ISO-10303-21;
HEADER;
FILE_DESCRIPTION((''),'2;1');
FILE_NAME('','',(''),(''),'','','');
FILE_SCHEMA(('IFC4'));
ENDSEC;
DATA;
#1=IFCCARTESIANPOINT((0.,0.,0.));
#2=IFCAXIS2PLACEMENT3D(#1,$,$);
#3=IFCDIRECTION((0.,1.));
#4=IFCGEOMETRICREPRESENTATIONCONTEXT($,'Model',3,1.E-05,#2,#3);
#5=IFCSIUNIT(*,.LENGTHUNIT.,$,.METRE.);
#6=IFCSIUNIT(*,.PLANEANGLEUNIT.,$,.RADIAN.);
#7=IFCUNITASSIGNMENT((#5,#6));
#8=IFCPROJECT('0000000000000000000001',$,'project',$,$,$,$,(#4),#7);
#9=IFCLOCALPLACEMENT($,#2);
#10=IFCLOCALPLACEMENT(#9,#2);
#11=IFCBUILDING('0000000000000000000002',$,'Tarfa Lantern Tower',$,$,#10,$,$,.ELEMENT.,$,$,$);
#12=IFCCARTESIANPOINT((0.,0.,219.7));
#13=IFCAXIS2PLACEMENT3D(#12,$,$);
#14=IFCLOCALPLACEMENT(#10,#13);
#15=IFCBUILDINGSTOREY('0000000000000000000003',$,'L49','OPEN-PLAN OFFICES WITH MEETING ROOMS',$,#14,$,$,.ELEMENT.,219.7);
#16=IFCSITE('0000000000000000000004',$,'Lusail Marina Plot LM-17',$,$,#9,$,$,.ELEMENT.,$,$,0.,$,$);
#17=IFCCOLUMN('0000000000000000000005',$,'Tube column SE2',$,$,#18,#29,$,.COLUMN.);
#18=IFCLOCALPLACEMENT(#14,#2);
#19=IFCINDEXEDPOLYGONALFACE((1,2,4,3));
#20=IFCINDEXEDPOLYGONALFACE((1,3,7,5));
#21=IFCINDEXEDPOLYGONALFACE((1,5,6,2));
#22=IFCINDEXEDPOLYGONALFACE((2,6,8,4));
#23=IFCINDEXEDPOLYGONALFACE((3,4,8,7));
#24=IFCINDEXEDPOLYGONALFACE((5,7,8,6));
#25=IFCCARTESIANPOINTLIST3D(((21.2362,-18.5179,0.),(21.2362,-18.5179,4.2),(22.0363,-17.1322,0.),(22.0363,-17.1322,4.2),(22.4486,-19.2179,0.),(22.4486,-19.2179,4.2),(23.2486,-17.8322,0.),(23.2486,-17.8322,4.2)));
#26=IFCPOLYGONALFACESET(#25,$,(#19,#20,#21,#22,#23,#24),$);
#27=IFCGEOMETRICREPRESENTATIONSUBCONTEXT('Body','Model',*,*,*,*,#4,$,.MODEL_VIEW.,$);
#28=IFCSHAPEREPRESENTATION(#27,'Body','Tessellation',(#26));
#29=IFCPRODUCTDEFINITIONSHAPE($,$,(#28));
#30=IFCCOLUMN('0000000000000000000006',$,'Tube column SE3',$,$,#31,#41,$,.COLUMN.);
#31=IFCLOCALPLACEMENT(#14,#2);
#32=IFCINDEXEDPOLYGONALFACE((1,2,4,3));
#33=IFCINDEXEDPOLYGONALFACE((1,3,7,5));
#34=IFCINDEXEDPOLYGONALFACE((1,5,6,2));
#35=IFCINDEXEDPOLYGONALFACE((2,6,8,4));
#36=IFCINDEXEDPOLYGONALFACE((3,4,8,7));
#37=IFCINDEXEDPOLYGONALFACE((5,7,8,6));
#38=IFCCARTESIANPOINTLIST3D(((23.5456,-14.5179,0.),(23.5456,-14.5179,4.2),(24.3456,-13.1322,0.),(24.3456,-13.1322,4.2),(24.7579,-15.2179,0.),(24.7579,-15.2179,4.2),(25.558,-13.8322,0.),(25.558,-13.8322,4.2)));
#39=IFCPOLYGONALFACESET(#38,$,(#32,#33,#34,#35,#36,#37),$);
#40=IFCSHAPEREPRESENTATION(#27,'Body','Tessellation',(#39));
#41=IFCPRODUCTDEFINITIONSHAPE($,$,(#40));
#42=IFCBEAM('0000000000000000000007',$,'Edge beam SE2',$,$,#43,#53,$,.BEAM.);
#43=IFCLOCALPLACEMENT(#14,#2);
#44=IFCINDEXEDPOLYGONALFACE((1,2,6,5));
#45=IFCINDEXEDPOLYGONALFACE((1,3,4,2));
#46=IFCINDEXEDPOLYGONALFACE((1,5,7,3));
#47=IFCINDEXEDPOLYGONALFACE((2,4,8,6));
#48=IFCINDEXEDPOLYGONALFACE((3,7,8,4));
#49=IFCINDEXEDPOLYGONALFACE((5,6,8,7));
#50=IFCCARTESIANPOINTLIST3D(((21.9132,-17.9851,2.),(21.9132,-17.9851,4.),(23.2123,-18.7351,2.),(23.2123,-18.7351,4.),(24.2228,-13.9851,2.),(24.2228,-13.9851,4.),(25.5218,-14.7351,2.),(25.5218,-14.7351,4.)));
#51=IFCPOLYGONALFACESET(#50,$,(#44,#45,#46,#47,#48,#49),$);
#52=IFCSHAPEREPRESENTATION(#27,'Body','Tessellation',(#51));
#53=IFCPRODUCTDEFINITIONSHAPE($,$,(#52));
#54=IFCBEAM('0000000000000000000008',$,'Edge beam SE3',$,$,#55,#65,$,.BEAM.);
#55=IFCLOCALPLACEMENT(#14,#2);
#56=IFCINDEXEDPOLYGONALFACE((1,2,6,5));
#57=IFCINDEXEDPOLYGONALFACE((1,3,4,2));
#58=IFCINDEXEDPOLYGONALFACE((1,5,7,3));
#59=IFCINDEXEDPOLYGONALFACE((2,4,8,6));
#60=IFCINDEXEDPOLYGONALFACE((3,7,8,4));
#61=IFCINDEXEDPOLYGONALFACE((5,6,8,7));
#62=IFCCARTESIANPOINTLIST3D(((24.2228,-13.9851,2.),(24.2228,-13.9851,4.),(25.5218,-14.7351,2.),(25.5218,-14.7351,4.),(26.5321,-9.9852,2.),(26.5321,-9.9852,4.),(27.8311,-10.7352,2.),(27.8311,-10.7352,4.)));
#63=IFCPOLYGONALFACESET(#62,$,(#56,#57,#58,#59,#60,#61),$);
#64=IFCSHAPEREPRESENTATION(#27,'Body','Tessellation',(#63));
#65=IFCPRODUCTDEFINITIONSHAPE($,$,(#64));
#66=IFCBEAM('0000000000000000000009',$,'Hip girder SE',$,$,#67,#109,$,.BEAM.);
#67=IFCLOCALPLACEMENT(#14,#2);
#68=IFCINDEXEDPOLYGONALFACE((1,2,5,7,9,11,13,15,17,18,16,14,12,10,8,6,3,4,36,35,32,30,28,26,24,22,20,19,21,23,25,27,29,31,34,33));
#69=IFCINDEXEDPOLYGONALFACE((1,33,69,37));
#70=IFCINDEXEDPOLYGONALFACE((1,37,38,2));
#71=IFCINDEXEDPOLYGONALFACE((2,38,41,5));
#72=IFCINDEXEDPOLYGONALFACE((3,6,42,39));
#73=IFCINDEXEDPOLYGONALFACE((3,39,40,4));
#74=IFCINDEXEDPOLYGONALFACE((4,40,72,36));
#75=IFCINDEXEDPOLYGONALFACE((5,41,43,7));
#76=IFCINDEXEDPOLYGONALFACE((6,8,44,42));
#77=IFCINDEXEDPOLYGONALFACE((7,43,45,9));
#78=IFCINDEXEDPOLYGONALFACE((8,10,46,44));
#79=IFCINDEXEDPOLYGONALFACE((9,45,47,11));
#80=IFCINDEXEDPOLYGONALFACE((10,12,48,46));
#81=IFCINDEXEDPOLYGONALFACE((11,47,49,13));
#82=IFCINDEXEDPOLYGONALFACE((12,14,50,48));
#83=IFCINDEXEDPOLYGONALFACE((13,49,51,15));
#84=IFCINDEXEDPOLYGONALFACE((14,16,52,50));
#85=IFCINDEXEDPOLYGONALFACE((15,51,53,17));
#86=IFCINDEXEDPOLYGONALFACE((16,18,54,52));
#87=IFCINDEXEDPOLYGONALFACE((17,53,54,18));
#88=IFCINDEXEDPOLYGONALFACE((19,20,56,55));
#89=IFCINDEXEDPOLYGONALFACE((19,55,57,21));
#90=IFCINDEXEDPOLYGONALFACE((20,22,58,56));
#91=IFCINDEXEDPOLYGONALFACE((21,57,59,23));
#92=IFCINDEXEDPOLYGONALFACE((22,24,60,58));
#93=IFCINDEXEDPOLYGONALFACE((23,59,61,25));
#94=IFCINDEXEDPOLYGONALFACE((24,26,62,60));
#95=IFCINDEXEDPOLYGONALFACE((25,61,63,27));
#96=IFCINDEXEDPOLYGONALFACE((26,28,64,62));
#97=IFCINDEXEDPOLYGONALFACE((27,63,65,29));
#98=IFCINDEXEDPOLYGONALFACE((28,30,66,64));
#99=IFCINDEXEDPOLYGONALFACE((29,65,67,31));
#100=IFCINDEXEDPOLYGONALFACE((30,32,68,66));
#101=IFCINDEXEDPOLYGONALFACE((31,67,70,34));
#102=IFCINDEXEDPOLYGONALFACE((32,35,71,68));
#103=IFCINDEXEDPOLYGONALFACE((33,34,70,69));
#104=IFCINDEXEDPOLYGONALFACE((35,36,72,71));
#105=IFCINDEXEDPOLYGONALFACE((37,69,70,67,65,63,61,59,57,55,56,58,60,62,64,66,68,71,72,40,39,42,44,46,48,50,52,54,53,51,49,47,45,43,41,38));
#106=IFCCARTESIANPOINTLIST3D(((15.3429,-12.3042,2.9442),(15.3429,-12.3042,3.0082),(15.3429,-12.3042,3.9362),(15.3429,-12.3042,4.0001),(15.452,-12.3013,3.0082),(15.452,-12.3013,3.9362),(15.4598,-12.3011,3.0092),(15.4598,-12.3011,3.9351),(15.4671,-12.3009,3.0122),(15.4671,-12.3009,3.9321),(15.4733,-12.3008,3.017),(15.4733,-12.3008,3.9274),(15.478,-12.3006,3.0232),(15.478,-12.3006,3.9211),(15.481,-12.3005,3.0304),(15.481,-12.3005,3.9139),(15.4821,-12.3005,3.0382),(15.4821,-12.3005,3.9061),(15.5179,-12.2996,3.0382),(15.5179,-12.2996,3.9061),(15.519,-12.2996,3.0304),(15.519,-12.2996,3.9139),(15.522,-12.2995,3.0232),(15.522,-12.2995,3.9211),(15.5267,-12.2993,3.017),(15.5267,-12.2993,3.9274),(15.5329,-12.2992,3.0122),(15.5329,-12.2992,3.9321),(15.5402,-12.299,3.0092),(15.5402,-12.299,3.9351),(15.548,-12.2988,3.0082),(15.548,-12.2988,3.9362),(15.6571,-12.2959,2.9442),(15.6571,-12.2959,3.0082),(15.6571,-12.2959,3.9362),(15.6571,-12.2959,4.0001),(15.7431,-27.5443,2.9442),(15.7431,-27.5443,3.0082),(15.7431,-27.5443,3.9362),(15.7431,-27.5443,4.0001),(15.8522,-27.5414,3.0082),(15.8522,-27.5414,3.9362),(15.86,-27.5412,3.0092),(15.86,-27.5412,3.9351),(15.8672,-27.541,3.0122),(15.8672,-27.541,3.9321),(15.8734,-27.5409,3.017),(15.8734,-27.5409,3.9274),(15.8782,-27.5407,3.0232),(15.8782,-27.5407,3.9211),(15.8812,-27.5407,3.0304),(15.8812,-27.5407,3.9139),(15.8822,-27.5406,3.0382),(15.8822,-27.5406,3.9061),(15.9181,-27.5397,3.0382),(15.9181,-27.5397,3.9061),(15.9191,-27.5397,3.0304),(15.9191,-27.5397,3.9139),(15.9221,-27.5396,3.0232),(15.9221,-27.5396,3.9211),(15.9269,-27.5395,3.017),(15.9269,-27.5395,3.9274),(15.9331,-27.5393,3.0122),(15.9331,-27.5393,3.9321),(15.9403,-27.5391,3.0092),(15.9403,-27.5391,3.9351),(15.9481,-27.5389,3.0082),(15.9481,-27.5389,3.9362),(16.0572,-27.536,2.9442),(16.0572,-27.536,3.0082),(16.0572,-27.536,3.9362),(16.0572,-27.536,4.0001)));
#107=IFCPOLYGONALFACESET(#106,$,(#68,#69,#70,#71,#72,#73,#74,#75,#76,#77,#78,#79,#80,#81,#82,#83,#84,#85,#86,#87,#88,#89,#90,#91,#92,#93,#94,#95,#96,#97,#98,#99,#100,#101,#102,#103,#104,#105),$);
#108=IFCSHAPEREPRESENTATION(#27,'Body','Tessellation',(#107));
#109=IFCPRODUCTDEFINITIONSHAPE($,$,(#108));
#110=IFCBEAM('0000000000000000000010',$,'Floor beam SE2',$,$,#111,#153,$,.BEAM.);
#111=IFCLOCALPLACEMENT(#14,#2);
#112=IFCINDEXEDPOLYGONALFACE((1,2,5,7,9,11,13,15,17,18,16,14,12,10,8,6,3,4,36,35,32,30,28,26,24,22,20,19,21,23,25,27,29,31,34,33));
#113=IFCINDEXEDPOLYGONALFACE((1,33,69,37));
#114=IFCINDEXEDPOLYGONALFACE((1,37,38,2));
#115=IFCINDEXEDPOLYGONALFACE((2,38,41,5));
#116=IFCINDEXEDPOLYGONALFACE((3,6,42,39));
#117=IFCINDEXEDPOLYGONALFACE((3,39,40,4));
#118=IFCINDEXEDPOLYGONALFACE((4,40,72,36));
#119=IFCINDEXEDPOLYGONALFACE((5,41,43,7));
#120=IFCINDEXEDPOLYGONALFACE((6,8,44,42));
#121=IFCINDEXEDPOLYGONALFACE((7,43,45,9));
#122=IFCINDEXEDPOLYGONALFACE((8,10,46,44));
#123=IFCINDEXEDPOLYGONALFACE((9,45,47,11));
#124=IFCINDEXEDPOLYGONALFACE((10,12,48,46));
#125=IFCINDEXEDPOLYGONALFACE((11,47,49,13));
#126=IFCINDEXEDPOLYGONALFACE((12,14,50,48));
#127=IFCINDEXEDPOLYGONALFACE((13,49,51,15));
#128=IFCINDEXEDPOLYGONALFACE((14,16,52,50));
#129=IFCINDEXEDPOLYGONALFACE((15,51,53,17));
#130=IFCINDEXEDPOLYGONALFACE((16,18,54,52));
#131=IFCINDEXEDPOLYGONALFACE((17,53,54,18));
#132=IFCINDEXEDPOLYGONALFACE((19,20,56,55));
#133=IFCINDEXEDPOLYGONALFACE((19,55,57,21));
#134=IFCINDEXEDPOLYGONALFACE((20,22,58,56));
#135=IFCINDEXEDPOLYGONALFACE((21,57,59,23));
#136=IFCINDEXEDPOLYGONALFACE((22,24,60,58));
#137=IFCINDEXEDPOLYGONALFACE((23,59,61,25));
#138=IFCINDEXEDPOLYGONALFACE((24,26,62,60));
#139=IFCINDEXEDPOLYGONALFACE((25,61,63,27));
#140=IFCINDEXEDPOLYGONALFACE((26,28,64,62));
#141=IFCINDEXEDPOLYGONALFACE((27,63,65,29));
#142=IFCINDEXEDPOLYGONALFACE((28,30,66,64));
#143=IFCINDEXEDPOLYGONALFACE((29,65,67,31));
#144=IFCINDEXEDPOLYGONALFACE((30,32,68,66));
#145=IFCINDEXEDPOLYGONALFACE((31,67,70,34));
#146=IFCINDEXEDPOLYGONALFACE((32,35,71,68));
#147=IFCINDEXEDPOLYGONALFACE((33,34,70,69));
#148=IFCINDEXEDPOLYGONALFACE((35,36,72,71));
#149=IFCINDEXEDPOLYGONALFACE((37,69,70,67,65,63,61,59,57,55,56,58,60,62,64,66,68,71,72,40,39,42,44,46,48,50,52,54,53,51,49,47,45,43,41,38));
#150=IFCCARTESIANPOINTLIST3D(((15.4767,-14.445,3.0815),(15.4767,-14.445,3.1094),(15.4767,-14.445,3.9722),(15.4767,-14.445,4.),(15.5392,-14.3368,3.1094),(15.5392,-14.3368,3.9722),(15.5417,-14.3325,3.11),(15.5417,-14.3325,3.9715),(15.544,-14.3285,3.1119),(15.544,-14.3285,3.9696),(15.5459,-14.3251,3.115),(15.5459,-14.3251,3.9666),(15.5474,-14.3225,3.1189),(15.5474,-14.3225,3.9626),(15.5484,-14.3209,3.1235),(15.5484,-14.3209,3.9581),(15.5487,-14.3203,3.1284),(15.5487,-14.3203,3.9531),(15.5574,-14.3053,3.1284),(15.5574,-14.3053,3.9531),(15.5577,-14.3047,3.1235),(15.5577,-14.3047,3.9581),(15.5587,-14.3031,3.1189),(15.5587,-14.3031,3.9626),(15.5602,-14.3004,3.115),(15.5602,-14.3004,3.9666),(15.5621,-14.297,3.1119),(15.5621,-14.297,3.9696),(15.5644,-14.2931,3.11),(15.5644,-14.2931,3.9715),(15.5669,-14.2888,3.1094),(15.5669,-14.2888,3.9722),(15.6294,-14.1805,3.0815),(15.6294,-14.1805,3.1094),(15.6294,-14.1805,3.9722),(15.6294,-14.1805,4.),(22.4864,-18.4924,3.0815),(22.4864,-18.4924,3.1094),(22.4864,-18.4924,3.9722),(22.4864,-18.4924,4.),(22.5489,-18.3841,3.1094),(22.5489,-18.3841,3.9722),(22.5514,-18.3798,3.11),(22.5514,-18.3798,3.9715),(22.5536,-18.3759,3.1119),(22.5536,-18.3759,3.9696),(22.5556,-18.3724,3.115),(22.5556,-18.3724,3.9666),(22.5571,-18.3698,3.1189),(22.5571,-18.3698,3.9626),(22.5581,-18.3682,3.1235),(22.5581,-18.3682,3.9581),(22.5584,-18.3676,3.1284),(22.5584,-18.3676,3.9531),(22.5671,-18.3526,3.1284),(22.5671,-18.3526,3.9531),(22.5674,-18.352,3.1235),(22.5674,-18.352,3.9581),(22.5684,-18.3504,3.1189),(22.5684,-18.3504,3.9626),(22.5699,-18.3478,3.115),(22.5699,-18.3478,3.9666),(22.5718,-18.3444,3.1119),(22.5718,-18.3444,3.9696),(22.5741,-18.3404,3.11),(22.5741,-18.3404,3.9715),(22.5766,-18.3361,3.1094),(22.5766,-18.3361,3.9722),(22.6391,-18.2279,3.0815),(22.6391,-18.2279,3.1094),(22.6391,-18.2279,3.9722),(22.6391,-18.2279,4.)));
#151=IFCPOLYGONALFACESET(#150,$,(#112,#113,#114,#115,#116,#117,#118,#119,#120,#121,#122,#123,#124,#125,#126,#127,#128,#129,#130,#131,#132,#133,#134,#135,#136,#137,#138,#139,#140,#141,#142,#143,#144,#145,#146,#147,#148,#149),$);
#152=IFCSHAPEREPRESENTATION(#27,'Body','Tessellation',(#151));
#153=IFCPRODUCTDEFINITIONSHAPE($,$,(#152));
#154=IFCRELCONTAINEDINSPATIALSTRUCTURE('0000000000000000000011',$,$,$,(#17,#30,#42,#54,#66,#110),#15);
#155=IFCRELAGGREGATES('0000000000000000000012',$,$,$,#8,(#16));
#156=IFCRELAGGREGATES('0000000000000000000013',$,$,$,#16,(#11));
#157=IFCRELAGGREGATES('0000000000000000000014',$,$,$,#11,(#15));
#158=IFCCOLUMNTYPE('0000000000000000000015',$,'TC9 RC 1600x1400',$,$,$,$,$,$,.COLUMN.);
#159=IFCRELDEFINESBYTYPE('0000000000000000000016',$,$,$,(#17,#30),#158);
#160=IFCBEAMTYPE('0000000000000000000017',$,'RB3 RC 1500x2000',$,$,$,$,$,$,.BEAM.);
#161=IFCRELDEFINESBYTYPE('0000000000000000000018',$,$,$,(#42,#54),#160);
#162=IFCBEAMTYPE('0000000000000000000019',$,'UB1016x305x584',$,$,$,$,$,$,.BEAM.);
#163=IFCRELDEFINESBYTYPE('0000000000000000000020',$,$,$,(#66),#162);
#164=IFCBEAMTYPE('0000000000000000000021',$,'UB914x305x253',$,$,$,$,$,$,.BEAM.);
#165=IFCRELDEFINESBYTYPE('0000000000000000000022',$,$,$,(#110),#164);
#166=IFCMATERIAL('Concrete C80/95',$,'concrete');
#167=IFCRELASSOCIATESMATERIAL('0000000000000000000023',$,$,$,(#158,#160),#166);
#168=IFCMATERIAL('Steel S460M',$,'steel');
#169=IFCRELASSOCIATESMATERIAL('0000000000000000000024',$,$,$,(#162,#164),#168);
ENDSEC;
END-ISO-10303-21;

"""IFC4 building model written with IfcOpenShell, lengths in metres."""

from ifc_helpers import new_model, si_unit, direction, frame, origin, origin_2d, place, context, subcontext, project, spatial, rectangle, i_section, extrude, material, material_profile, profile_set, type_object, element, save


model = new_model("IFC4")

# Units and contexts
model_context = context("Model", 3, precision=1e-05, world=origin(), true_north=direction((0.0, 1.0)))
body_context = subcontext(model_context, "Body", "Model", "MODEL_VIEW")
ifc_project = project(units=[si_unit("LENGTHUNIT", "METRE"), si_unit("PLANEANGLEUNIT", "RADIAN")], contexts=[model_context])

# Site, building, storey
site_placement = place(None, origin())
site = spatial("IfcSite", under=ifc_project, at=site_placement, Name="Lusail Marina Plot LM-17", CompositionType="ELEMENT", RefElevation=0.0)
building_placement = place(site_placement, origin())
building = spatial("IfcBuilding", under=site, at=building_placement, Name="Tarfa Lantern Tower", CompositionType="ELEMENT")
storey_placement = place(building_placement, frame((0.0, 0.0, 219.7)))
storey = spatial("IfcBuildingStorey", under=building, at=storey_placement, Name="L49", Description="OPEN-PLAN OFFICES WITH MEETING ROOMS", CompositionType="ELEMENT", Elevation=219.7)

# Columns
ifc_material_1 = material(Name="Concrete C80/95", Category="concrete")
ifc_material_profile_1 = material_profile(ifc_material_1, rectangle(XDim=1.6001, YDim=1.3999, at=origin_2d()), Name="RC 1600x1400")
ifc_profile_set_1 = profile_set([ifc_material_profile_1], Name="Concrete C80/95")
column_type = type_object("IfcColumnType", Name="TC9 RC 1600x1400", PredefinedType="COLUMN", material=ifc_profile_set_1)
for number, where, z_axis, x_axis, name in (
    (1, (22.2424, -18.175, 0.0), (0.0, 0.0, 1.0), (0.5, 0.866025, 0.0), "Tube column SE2"),
    (2, (24.5518, -14.175, 0.0), (0.0, 0.0, 1.0), (0.5, 0.866025, 0.0), "Tube column SE3"),
):
    element("IfcColumn", number, at=place(storey_placement, frame(where, z_axis=z_axis, x_axis=x_axis)), inside=storey, type_object=column_type, Name=name, PredefinedType="COLUMN", context=body_context, shape_type="SweptSolid", body=[
        extrude(rectangle(XDim=1.6001, YDim=1.3999, at=origin_2d()), origin(), (0.0, 0.0, 1.0), 4.2),
    ])

# Beams
ifc_material_profile_2 = material_profile(ifc_material_1, rectangle(XDim=1.5, YDim=2.0, at=origin_2d()), Name="RC 1500x2000")
ifc_profile_set_2 = profile_set([ifc_material_profile_2], Name="Concrete C80/95")
beam_type_1 = type_object("IfcBeamType", Name="RB3 RC 1500x2000", PredefinedType="BEAM", material=ifc_profile_set_2)
beam_1_placement = place(storey_placement, frame((22.5627, -18.3601, 3.0), z_axis=(0.500027, 0.86601, 0.0), x_axis=(-0.86601, 0.500027, 0.0)))
element("IfcBeam", 3, at=beam_1_placement, inside=storey, type_object=beam_type_1, Name="Edge beam SE2", PredefinedType="BEAM", context=body_context, shape_type="SweptSolid", body=[
    extrude(rectangle(XDim=1.5, YDim=2.0, at=origin_2d()), origin(), (0.0, 0.0, 1.0), 4.6189),
])
beam_2_placement = place(storey_placement, frame((24.8723, -14.3601, 3.0), z_axis=(0.499988, 0.866032, 0.0), x_axis=(-0.866032, 0.499988, 0.0)))
element("IfcBeam", 4, at=beam_2_placement, inside=storey, type_object=beam_type_1, Name="Edge beam SE3", PredefinedType="BEAM", context=body_context, shape_type="SweptSolid", body=[
    extrude(rectangle(XDim=1.5, YDim=2.0, at=origin_2d()), origin(), (0.0, 0.0, 1.0), 4.6187),
])
ifc_material_2 = material(Name="Steel S460M", Category="steel")
ifc_material_profile_3 = material_profile(ifc_material_2, i_section(OverallWidth=0.3142, OverallDepth=1.0559, WebThickness=0.0359, FlangeThickness=0.064, FilletRadius=0.03, at=origin_2d()), Name="UB1016x305x584")
ifc_profile_set_3 = profile_set([ifc_material_profile_3], Name="Steel S460M")
beam_type_2 = type_object("IfcBeamType", Name="UB1016x305x584", PredefinedType="BEAM", material=ifc_profile_set_3)
beam_3_placement = place(storey_placement, frame((15.5, -12.3, 3.4722), z_axis=(0.026247, -0.999655, 0.0), x_axis=(0.999655, 0.026247, 0.0)))
element("IfcBeam", 5, at=beam_3_placement, inside=storey, type_object=beam_type_2, Name="Hip girder SE", PredefinedType="BEAM", context=body_context, shape_type="SweptSolid", body=[
    extrude(i_section(OverallWidth=0.3142, OverallDepth=1.0559, WebThickness=0.0359, FlangeThickness=0.064, FilletRadius=0.03, at=origin_2d()), origin(), (0.0, 0.0, 1.0), 15.2454),
])
ifc_material_profile_4 = material_profile(ifc_material_2, i_section(OverallWidth=0.3054, OverallDepth=0.9185, WebThickness=0.0173, FlangeThickness=0.0278, FilletRadius=0.019, at=origin_2d()), Name="UB914x305x253")
ifc_profile_set_4 = profile_set([ifc_material_profile_4], Name="Steel S460M")
beam_type_3 = type_object("IfcBeamType", Name="UB914x305x253", PredefinedType="BEAM", material=ifc_profile_set_4)
beam_4_placement = place(storey_placement, frame((22.5627, -18.3601, 3.5408), z_axis=(-0.866011, 0.500025, 0.0), x_axis=(-0.500025, -0.866011, 0.0)))
element("IfcBeam", 6, at=beam_4_placement, inside=storey, type_object=beam_type_3, Name="Floor beam SE2", PredefinedType="BEAM", context=body_context, shape_type="SweptSolid", body=[
    extrude(i_section(OverallWidth=0.3054, OverallDepth=0.9185, WebThickness=0.0173, FlangeThickness=0.0278, FilletRadius=0.019, at=origin_2d()), origin(), (0.0, 0.0, 1.0), 8.0942),
])

save(model, "model.ifc")
